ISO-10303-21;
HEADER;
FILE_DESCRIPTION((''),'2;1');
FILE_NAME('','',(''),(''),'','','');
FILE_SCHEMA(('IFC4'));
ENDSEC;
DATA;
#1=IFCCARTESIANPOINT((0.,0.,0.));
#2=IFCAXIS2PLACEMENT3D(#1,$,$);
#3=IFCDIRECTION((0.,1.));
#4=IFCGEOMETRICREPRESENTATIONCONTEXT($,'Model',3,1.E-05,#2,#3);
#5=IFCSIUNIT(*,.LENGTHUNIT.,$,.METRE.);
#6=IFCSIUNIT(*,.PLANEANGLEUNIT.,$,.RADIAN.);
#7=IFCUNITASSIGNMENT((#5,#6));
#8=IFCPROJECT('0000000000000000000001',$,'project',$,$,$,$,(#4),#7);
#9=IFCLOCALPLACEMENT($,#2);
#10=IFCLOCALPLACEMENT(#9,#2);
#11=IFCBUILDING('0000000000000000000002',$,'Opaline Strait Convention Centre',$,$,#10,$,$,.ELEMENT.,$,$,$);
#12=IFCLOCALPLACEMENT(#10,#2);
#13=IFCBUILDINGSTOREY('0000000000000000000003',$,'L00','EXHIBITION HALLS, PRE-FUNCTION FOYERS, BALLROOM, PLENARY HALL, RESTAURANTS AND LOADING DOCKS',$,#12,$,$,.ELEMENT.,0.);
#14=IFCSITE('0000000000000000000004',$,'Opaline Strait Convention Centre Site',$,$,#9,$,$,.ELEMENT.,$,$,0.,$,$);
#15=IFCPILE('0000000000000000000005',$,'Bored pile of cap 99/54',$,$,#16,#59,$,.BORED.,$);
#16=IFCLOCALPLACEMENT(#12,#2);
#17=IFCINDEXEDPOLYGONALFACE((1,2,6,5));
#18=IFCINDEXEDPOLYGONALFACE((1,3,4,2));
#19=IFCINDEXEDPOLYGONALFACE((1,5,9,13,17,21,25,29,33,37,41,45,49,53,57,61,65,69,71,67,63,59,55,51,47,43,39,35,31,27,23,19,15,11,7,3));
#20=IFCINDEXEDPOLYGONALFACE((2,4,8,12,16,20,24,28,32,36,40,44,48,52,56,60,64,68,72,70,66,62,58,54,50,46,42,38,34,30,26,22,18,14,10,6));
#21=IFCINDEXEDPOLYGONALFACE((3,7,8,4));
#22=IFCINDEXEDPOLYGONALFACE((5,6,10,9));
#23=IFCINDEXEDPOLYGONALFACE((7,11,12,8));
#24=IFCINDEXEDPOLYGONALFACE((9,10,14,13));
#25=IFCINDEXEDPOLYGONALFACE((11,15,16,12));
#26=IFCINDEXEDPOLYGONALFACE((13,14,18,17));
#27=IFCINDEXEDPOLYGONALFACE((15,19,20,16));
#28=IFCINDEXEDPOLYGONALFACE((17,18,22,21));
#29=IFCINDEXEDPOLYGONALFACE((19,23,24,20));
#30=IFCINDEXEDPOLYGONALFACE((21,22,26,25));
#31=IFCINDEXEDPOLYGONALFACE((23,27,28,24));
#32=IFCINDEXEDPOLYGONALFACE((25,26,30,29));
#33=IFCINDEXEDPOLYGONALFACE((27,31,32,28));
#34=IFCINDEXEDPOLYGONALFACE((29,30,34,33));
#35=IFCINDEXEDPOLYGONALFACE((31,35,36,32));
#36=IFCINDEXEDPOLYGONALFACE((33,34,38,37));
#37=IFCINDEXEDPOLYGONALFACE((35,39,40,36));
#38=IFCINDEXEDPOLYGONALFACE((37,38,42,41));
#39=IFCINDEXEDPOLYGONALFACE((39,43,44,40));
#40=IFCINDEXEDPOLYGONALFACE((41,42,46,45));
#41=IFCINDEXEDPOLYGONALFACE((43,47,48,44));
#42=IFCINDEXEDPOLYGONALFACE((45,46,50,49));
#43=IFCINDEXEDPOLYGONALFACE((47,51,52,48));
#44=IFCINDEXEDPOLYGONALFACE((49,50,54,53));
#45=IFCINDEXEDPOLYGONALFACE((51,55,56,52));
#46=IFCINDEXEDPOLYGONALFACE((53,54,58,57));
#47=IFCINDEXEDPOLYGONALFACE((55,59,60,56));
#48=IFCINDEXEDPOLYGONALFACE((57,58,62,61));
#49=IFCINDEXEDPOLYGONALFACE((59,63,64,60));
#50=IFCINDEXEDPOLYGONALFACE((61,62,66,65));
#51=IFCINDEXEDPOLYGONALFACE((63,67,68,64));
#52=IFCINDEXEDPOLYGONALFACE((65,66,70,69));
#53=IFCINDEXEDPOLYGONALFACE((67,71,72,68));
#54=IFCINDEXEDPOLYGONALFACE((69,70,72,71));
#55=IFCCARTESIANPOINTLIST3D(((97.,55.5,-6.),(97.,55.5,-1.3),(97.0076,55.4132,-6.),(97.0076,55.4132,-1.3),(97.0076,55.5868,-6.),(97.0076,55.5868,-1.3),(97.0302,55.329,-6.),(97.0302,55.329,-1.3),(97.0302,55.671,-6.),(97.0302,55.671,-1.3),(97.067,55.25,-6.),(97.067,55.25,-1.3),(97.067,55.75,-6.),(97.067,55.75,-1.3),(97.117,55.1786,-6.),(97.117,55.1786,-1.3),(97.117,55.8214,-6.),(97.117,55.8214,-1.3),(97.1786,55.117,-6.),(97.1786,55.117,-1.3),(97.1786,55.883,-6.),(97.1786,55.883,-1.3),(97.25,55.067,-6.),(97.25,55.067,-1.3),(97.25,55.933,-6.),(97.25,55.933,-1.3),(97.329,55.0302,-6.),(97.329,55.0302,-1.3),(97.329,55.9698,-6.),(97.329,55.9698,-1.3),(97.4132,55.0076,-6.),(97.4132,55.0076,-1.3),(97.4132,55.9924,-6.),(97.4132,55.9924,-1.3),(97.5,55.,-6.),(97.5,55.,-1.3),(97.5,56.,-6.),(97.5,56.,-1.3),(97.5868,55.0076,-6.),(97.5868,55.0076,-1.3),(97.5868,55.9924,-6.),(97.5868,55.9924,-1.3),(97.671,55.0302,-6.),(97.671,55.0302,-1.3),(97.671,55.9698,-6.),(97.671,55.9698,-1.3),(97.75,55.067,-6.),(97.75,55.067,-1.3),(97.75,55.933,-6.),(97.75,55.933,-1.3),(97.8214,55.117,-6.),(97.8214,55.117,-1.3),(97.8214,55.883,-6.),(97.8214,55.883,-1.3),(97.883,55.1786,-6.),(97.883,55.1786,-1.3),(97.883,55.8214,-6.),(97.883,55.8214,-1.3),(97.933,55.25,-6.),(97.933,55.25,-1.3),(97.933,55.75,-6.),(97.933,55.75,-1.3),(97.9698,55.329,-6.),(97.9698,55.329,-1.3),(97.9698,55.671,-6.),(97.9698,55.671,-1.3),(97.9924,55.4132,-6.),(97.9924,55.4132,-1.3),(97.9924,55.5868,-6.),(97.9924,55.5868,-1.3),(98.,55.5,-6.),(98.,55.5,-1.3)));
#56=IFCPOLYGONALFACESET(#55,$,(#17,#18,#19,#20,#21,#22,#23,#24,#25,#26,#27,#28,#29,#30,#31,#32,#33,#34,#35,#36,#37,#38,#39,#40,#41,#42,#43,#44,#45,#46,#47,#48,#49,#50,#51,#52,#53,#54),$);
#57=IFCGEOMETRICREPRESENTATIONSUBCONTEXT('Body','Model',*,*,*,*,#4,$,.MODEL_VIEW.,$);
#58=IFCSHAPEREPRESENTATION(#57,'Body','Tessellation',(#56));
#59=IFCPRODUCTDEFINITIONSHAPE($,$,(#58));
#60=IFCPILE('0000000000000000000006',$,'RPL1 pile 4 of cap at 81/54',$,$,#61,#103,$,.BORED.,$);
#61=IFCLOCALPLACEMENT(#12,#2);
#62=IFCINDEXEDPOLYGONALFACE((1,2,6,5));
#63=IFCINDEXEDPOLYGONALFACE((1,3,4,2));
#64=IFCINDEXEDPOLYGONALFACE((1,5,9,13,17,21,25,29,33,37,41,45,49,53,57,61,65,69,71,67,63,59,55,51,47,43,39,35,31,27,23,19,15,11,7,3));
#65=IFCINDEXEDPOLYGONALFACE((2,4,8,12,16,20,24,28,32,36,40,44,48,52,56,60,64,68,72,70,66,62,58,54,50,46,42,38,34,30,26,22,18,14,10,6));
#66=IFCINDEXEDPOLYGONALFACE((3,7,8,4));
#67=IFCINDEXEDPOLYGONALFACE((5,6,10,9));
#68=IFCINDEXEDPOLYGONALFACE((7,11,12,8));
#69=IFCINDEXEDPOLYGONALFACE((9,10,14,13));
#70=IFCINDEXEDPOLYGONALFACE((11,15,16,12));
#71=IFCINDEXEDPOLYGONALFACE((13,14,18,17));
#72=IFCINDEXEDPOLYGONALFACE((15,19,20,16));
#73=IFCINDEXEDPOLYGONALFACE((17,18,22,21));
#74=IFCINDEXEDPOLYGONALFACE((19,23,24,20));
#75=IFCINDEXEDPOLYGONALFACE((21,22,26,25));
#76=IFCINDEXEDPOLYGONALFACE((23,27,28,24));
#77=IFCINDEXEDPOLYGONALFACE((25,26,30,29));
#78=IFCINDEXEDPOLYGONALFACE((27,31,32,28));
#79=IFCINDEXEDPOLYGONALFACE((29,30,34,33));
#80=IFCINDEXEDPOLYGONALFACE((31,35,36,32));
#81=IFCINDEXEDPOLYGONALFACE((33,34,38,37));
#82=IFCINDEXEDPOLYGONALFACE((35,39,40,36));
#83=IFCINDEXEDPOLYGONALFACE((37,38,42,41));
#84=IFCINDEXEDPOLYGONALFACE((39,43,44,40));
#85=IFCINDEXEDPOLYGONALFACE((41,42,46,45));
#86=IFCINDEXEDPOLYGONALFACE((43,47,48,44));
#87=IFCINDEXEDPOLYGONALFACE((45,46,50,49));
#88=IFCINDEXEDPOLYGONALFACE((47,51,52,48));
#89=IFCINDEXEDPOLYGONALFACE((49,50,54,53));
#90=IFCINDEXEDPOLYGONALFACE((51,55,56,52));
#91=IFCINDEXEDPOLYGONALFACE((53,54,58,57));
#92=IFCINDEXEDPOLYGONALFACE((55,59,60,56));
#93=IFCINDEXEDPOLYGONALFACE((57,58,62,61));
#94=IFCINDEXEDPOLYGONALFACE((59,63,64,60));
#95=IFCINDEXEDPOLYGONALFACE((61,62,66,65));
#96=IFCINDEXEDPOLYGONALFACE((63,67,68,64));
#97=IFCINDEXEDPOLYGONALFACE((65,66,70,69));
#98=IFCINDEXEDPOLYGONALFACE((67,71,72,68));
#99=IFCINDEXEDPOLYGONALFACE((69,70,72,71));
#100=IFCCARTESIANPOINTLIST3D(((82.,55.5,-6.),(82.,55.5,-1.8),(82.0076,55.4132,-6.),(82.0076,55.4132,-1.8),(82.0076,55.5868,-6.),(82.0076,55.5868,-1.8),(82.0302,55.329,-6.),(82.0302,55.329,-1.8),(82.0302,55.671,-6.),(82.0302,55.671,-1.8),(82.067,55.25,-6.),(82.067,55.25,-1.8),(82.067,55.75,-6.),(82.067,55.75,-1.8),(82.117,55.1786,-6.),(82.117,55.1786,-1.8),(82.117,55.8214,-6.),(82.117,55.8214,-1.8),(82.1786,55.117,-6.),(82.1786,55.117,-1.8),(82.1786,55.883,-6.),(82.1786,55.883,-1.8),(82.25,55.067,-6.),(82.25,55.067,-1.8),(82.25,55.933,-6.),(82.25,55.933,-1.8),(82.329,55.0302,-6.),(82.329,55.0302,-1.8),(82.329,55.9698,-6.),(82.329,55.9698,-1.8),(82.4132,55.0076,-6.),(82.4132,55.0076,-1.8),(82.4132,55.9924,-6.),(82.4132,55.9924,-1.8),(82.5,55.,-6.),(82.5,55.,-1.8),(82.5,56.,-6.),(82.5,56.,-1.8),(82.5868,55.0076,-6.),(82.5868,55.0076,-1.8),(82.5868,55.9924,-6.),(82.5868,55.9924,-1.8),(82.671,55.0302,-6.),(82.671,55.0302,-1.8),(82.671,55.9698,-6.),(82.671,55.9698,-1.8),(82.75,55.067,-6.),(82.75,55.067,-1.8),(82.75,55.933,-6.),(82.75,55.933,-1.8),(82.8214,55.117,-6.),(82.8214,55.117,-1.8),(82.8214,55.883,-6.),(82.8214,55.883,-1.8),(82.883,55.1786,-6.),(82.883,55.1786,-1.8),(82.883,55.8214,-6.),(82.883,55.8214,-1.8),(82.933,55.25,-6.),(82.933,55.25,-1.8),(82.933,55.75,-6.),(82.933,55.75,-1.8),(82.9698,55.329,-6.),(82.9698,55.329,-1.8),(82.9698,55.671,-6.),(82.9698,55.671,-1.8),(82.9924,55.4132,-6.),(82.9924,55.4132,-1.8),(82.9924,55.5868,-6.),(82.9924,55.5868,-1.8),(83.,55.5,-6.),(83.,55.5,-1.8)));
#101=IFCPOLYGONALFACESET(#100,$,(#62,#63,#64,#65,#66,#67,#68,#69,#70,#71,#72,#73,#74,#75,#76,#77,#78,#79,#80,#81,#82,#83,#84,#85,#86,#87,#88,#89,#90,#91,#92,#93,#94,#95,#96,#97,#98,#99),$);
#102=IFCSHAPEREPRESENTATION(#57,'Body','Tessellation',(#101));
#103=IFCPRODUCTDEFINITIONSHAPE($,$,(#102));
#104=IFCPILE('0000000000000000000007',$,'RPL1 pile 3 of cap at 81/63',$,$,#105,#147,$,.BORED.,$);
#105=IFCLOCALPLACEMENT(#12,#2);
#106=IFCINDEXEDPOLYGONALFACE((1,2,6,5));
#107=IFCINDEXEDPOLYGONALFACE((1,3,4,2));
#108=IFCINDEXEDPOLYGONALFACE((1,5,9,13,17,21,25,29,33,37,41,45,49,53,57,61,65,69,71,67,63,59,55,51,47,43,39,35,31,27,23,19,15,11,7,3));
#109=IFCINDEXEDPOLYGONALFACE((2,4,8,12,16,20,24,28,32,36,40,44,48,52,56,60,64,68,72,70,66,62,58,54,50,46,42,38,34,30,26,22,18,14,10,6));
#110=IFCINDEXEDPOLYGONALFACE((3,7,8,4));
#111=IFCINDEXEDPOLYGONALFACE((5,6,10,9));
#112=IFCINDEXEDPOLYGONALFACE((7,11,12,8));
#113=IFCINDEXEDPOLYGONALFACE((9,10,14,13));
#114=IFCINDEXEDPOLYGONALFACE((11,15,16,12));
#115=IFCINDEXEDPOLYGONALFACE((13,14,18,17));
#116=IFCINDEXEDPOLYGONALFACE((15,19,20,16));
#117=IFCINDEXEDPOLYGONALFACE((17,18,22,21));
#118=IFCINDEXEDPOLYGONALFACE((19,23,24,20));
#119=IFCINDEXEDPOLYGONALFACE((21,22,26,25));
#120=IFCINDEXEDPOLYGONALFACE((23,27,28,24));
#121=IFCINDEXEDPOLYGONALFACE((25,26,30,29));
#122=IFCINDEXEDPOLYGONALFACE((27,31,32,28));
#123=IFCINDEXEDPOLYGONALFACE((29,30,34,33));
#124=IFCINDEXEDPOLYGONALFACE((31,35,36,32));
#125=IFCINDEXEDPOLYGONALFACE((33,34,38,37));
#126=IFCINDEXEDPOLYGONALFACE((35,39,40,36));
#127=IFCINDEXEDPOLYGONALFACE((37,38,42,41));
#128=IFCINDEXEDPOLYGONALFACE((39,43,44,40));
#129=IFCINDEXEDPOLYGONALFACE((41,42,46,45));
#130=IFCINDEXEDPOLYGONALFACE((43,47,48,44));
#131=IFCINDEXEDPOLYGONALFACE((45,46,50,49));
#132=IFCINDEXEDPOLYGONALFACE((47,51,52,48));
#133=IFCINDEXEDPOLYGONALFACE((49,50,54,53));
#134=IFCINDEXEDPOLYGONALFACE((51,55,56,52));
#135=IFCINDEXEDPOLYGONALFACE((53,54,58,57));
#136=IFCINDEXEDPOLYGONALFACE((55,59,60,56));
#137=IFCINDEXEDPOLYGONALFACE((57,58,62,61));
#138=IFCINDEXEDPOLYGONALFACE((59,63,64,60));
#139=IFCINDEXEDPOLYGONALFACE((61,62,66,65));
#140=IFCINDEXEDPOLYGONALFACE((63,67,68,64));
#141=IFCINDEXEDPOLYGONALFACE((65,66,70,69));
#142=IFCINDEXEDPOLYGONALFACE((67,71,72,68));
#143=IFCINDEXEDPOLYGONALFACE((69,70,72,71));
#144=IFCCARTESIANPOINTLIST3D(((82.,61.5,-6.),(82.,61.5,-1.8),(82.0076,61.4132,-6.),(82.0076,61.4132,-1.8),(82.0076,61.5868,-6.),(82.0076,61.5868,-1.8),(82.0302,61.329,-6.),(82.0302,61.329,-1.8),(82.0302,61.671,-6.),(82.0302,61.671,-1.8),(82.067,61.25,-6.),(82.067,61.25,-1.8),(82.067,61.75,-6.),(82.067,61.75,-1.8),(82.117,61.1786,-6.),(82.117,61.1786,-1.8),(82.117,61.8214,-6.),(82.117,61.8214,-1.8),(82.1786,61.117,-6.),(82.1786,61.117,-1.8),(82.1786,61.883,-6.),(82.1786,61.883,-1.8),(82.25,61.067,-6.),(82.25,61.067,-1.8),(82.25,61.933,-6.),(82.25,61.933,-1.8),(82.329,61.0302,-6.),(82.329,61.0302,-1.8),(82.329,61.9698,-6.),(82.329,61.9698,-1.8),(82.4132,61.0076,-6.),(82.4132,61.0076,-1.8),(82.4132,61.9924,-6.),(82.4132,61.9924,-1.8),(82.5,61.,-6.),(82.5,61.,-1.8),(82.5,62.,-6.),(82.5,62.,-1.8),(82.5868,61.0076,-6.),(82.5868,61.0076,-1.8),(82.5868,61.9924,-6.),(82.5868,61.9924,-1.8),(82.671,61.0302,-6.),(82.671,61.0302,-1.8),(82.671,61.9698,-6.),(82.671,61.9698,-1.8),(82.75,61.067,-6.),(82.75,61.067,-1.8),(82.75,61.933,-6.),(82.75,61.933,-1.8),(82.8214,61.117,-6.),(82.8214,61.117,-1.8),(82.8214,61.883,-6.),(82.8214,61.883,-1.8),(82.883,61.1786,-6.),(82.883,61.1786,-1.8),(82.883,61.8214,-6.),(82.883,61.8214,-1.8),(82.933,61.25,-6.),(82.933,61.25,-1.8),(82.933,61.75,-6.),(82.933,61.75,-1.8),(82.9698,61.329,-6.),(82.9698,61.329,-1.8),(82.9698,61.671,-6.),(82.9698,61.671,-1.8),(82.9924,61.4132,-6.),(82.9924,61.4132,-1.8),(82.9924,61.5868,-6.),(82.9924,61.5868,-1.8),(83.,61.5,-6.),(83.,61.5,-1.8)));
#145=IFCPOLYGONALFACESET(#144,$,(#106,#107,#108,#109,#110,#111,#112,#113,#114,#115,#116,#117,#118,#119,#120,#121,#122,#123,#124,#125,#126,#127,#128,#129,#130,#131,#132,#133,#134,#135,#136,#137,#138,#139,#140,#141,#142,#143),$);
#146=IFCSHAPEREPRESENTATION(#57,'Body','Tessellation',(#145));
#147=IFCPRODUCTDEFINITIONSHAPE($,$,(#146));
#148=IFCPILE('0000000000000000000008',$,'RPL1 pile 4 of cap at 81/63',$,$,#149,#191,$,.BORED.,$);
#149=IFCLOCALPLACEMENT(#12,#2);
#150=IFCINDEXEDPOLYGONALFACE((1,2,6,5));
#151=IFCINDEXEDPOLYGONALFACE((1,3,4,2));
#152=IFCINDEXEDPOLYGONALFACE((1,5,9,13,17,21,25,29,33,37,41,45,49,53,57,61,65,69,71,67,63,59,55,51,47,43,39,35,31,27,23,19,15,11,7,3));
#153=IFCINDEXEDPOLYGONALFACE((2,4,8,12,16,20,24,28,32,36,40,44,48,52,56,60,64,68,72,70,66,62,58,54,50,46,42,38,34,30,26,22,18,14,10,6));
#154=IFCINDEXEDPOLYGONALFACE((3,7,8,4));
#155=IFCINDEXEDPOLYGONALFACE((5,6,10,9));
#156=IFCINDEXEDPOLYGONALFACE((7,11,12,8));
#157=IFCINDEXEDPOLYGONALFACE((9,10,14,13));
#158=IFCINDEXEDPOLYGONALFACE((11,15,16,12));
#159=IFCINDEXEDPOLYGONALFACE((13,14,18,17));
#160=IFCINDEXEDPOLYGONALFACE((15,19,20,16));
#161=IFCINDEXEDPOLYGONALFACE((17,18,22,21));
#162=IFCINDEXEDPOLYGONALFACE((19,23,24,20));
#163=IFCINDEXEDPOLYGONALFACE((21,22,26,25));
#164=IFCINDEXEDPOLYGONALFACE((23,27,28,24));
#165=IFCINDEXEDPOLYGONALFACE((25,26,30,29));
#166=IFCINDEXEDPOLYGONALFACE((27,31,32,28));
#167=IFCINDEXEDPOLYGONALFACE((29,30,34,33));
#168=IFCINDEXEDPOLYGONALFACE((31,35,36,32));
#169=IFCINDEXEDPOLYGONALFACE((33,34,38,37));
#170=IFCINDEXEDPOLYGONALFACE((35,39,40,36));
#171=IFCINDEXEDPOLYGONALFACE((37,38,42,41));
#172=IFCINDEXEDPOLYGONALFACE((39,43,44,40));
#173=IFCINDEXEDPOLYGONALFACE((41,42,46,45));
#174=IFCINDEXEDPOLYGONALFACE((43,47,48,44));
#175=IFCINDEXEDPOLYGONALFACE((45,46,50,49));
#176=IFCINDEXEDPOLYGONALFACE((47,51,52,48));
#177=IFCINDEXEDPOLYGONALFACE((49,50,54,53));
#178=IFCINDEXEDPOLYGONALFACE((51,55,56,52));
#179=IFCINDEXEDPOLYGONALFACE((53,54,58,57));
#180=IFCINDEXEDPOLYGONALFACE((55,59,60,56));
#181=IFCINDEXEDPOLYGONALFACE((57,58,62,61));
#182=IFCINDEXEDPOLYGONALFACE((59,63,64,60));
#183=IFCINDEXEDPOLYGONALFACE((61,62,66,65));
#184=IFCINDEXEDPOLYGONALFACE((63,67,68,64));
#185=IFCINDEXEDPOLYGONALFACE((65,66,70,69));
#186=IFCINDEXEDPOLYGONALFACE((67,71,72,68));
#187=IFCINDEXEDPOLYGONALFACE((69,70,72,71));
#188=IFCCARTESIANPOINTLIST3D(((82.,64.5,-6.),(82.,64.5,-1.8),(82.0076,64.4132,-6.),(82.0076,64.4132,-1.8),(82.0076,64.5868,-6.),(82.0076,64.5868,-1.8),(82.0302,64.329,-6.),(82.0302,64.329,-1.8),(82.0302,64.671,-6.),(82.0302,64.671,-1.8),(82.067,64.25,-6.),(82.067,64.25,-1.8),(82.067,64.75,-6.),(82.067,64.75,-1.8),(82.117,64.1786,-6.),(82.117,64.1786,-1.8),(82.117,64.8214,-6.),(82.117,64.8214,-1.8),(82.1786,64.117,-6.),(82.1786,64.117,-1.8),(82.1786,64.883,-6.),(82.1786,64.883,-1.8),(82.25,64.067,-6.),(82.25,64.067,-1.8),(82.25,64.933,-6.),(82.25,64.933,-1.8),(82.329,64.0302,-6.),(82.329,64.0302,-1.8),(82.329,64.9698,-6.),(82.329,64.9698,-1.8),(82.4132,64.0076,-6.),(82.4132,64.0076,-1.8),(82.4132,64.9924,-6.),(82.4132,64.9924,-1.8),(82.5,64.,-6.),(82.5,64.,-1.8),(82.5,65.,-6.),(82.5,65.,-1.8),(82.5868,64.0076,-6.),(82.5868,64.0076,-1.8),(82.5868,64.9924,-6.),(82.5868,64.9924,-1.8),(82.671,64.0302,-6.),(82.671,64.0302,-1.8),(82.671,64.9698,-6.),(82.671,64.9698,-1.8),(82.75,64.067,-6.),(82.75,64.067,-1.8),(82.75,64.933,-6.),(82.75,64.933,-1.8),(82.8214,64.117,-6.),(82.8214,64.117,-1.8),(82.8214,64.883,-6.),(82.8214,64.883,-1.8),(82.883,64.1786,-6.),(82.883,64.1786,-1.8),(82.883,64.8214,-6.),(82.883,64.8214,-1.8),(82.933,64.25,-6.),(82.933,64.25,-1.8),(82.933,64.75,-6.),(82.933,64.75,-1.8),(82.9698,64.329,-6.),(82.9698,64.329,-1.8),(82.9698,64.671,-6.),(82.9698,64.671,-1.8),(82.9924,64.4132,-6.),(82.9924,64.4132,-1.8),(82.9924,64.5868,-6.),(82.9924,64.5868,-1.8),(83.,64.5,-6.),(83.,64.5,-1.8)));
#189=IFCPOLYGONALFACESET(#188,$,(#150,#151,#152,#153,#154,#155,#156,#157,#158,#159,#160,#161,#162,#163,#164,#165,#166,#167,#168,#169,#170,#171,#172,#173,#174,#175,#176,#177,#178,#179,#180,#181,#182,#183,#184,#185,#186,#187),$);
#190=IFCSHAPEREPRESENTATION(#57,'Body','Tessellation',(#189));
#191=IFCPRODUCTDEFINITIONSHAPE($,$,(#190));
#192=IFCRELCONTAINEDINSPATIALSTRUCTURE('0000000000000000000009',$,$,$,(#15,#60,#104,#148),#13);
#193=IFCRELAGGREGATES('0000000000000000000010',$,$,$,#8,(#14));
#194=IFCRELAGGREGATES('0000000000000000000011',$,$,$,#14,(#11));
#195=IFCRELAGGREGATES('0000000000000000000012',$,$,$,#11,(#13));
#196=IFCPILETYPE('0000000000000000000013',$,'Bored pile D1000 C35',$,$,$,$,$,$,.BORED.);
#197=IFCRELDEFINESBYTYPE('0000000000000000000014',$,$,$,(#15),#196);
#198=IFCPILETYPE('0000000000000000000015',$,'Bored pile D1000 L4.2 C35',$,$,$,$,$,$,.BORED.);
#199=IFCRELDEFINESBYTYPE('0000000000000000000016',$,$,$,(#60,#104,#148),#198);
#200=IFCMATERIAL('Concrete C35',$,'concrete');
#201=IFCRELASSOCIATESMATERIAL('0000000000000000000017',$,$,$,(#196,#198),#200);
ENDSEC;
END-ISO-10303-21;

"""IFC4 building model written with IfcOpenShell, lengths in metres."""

from ifc_helpers import new_model, si_unit, direction, frame, origin, origin_2d, place, context, subcontext, project, spatial, circle, extrude, material, material_profile, profile_set, type_object, element, save


model = new_model("IFC4")

# Units and contexts
model_context = context("Model", 3, precision=1e-05, world=origin(), true_north=direction((0.0, 1.0)))
body_context = subcontext(model_context, "Body", "Model", "MODEL_VIEW")
ifc_project = project(units=[si_unit("LENGTHUNIT", "METRE"), si_unit("PLANEANGLEUNIT", "RADIAN")], contexts=[model_context])

# Site, building, storey
site_placement = place(None, origin())
site = spatial("IfcSite", under=ifc_project, at=site_placement, Name="Opaline Strait Convention Centre Site", CompositionType="ELEMENT", RefElevation=0.0)
building_placement = place(site_placement, origin())
building = spatial("IfcBuilding", under=site, at=building_placement, Name="Opaline Strait Convention Centre", CompositionType="ELEMENT")
storey_placement = place(building_placement, origin())
storey = spatial("IfcBuildingStorey", under=building, at=storey_placement, Name="L00", Description="EXHIBITION HALLS, PRE-FUNCTION FOYERS, BALLROOM, PLENARY HALL, RESTAURANTS AND LOADING DOCKS", CompositionType="ELEMENT", Elevation=0.0)

# Piles
ifc_material_1 = material(Name="Concrete C35", Category="concrete")
ifc_material_profile_1 = material_profile(ifc_material_1, circle(Radius=0.5, at=origin_2d()), Name="D1000")
ifc_profile_set_1 = profile_set([ifc_material_profile_1], Name="Concrete C35")
pile_type_1 = type_object("IfcPileType", Name="Bored pile D1000 C35", PredefinedType="BORED", material=ifc_profile_set_1)
pile_placement = place(storey_placement, frame((97.5, 55.5, -1.3), z_axis=(0.0, 0.0, -1.0), x_axis=(1.0, 0.0, 0.0)))
element("IfcPile", 1, at=pile_placement, inside=storey, type_object=pile_type_1, Name="Bored pile of cap 99/54", PredefinedType="BORED", context=body_context, shape_type="SweptSolid", body=[
    extrude(circle(Radius=0.5, at=origin_2d()), origin(), (0.0, 0.0, 1.0), 4.7),
])
ifc_material_profile_2 = material_profile(ifc_material_1, circle(Radius=0.5, at=origin_2d()), Name="D1000")
ifc_profile_set_2 = profile_set([ifc_material_profile_2], Name="Concrete C35")
pile_type_2 = type_object("IfcPileType", Name="Bored pile D1000 L4.2 C35", PredefinedType="BORED", material=ifc_profile_set_2)
for number, where, z_axis, x_axis, name in (
    (2, (82.5, 55.5, -1.8), (0.0, 0.0, -1.0), (1.0, 0.0, 0.0), "RPL1 pile 4 of cap at 81/54"),
    (3, (82.5, 61.5, -1.8), (0.0, 0.0, -1.0), (1.0, 0.0, 0.0), "RPL1 pile 3 of cap at 81/63"),
    (4, (82.5, 64.5, -1.8), (0.0, 0.0, -1.0), (1.0, 0.0, 0.0), "RPL1 pile 4 of cap at 81/63"),
):
    element("IfcPile", number, at=place(storey_placement, frame(where, z_axis=z_axis, x_axis=x_axis)), inside=storey, type_object=pile_type_2, Name=name, PredefinedType="BORED", context=body_context, shape_type="SweptSolid", body=[
        extrude(circle(Radius=0.5, at=origin_2d()), origin(), (0.0, 0.0, 1.0), 4.2),
    ])

save(model, "model.ifc")
